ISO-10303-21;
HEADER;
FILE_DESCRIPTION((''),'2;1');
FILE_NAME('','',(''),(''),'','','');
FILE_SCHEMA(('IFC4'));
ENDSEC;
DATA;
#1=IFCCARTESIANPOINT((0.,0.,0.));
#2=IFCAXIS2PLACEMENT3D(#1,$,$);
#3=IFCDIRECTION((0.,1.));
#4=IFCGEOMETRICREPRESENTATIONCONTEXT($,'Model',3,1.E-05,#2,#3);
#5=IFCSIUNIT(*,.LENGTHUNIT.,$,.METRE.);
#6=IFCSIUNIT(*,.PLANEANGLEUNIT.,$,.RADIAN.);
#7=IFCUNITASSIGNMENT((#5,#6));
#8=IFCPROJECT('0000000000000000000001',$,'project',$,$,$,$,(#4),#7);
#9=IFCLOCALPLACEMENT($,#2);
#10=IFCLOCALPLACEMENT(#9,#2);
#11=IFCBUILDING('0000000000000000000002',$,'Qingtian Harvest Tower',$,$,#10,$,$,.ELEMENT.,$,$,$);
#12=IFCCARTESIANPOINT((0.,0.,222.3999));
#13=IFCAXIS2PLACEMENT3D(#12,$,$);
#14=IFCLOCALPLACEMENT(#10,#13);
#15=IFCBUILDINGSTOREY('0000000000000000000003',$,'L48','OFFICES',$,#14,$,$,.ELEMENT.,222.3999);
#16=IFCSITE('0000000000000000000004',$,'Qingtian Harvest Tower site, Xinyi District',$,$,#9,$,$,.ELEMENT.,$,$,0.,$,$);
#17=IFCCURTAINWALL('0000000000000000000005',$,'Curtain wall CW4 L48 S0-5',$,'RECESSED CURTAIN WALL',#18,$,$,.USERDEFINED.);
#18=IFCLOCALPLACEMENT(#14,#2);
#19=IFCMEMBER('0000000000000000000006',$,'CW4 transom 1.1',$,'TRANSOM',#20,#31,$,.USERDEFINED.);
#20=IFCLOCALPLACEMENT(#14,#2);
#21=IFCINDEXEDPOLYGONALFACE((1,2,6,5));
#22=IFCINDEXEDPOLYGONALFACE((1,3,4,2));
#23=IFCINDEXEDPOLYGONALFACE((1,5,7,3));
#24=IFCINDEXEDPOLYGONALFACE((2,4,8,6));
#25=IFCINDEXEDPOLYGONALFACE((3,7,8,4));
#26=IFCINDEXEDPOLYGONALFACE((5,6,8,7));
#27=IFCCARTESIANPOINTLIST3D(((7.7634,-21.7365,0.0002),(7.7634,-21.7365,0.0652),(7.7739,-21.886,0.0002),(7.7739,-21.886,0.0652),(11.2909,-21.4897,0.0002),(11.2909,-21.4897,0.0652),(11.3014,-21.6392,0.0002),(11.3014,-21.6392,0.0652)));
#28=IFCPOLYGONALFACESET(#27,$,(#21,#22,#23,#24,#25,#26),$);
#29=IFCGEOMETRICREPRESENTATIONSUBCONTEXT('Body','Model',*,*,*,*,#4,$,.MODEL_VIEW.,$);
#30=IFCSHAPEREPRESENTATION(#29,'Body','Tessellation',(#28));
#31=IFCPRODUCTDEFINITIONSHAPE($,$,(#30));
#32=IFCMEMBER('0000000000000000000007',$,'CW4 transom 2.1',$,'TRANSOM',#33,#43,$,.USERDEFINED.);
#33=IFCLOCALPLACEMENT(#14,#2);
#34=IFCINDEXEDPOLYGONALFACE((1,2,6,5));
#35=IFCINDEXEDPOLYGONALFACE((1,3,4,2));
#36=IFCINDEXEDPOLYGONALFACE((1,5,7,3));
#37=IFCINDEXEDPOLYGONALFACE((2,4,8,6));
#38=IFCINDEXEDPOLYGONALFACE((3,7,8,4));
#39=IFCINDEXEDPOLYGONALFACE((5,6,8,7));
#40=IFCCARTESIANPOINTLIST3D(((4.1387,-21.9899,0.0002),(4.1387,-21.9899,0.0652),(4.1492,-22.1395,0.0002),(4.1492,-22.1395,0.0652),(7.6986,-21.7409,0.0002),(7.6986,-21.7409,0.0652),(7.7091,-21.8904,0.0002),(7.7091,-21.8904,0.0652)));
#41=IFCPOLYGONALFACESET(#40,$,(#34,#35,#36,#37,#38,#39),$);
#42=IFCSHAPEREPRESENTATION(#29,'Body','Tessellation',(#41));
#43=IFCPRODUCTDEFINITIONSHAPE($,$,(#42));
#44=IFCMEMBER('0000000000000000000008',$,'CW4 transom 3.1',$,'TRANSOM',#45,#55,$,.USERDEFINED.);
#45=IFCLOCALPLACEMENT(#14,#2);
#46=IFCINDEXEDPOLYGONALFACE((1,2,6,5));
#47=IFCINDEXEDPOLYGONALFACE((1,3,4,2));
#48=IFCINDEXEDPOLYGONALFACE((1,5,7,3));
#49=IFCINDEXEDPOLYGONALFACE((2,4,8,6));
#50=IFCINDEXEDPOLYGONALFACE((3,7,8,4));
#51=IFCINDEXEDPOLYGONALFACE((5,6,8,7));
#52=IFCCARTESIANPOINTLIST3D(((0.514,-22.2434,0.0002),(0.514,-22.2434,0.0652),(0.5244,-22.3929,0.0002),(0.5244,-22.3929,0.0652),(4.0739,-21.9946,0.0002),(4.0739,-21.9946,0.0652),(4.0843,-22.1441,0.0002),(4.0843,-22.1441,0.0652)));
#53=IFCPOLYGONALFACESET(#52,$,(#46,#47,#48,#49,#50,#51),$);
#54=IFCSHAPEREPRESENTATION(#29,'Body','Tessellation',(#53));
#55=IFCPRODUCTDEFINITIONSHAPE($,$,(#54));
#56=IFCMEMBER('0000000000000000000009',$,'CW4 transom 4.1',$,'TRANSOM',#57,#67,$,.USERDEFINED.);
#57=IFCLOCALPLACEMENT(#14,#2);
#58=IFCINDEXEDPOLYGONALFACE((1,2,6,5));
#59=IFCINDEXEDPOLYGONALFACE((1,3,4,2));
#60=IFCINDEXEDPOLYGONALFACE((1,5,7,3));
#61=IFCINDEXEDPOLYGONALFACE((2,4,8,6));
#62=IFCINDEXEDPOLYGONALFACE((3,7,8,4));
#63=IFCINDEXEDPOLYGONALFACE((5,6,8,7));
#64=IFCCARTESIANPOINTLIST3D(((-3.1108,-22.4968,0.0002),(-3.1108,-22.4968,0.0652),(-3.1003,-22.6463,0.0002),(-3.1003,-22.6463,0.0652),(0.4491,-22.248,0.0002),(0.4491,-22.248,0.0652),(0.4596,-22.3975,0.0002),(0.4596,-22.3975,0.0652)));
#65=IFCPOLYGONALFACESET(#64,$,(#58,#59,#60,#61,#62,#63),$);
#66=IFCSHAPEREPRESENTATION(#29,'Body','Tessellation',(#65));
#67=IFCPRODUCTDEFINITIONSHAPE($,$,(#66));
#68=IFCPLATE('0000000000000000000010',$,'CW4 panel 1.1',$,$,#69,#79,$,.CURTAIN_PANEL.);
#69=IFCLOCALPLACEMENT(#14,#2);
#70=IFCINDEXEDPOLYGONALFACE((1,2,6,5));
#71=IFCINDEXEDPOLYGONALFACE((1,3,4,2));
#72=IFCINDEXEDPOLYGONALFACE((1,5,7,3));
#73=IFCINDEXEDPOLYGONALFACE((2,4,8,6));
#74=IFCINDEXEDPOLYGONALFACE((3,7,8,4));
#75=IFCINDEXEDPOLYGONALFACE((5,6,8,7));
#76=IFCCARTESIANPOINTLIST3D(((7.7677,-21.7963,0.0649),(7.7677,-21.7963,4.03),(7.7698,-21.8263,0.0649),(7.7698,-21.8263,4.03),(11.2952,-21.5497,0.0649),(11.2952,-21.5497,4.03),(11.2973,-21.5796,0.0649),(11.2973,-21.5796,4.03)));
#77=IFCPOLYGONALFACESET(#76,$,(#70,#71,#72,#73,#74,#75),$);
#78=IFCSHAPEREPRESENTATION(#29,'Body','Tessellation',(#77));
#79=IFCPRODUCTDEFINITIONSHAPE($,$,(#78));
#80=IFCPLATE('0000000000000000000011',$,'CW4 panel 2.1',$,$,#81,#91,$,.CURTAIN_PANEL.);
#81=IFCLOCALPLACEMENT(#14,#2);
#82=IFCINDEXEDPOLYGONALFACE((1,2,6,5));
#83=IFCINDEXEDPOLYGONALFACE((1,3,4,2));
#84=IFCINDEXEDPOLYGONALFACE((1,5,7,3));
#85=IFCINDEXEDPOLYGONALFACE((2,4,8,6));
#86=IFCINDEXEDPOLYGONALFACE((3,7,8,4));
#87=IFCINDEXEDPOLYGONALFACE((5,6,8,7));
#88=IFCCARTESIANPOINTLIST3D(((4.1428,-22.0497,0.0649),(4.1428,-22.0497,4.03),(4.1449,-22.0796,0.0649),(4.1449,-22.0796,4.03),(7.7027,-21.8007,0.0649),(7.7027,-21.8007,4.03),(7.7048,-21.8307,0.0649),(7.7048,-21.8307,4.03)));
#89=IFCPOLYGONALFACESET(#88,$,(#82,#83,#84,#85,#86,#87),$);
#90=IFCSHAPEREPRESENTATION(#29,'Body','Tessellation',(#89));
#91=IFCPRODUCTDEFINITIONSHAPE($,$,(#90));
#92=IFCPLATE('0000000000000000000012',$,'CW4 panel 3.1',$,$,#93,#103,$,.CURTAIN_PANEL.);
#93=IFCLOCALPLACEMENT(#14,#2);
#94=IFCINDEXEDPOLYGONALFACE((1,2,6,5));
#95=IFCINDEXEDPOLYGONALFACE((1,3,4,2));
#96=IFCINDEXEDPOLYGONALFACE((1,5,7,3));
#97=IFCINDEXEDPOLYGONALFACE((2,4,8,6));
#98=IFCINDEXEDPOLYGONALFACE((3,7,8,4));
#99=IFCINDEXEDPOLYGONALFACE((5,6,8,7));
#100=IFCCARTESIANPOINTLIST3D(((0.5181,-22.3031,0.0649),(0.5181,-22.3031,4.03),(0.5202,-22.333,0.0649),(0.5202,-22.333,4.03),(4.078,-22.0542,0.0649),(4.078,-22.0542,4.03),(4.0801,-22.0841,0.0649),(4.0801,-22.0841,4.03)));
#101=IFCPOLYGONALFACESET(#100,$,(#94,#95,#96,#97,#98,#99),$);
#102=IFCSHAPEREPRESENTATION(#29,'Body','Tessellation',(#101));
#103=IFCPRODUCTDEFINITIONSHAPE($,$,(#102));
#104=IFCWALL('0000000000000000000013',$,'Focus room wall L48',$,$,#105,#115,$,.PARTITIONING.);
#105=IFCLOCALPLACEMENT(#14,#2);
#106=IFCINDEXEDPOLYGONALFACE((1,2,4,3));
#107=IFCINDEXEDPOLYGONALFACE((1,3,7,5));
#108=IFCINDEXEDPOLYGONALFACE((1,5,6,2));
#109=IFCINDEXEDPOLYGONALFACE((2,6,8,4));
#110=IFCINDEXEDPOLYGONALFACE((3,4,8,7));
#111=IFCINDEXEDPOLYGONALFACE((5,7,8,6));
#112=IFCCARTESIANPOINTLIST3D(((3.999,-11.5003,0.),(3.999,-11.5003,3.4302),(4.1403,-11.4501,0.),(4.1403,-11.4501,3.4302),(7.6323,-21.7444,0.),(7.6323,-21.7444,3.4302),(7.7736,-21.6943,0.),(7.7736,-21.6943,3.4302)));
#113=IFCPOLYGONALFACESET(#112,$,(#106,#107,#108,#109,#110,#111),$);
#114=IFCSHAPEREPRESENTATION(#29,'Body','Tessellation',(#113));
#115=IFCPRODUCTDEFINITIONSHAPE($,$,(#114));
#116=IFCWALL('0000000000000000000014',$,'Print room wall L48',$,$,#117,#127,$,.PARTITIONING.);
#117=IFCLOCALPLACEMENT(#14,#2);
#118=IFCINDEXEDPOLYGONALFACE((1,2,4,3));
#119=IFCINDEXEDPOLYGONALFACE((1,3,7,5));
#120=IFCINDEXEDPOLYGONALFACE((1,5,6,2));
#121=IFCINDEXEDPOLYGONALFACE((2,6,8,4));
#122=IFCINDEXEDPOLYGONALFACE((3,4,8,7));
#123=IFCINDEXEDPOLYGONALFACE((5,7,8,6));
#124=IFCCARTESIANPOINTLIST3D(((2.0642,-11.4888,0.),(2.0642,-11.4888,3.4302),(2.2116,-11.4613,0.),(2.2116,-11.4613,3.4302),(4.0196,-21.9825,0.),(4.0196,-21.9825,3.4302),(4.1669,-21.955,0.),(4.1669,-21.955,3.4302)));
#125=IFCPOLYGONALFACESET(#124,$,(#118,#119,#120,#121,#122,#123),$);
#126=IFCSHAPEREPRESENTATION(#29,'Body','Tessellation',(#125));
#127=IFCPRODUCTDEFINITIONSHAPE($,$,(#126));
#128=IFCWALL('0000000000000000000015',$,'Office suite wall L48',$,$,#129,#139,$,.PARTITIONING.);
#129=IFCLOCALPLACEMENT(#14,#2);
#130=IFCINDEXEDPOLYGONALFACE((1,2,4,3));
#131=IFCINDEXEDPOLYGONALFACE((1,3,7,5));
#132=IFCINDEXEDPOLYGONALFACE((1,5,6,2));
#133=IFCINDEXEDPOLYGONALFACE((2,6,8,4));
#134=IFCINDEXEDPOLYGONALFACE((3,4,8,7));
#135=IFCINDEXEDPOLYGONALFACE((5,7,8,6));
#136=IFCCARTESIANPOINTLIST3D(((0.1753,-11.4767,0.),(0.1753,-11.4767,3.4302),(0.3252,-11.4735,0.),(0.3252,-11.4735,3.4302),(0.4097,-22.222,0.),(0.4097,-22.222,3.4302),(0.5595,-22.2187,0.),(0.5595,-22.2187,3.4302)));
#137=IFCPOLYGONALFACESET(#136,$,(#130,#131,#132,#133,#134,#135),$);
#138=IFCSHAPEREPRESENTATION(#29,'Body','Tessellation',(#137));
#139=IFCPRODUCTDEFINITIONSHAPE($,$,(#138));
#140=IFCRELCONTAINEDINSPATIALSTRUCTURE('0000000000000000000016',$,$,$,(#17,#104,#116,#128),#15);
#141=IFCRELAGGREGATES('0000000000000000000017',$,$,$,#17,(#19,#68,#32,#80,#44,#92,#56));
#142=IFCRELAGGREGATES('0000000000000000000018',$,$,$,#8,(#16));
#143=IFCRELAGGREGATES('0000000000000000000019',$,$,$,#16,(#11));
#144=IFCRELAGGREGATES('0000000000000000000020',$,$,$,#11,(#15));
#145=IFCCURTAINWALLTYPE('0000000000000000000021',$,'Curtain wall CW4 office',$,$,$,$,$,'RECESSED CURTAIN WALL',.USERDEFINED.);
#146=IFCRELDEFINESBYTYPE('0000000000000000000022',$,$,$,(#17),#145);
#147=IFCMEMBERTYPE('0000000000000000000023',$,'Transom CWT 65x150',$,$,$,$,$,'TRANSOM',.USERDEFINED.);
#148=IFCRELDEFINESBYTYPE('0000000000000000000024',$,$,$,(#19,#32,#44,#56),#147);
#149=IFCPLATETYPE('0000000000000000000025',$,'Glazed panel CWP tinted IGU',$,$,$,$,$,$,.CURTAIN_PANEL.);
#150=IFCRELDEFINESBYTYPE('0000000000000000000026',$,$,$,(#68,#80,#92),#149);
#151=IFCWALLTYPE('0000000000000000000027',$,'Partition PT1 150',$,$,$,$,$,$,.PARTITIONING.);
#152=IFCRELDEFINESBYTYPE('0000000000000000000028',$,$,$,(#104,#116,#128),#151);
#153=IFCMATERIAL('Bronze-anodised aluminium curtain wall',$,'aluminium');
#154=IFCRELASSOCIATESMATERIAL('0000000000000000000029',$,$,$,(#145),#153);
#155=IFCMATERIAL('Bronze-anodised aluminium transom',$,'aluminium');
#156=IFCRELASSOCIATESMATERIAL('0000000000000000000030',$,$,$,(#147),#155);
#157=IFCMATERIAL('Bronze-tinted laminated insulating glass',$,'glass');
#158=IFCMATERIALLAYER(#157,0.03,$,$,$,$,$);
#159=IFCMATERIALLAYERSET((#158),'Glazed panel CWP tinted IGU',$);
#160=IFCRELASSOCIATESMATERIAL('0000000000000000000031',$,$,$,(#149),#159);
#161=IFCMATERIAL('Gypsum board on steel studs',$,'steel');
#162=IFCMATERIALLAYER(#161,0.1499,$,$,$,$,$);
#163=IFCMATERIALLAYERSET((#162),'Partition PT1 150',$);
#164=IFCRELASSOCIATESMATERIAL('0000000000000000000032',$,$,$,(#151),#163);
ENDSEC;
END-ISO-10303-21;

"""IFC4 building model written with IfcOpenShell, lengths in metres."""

from ifc_helpers import new_model, si_unit, direction, frame, frame_2d, origin, origin_2d, place, context, subcontext, project, spatial, rectangle, extrude, material, layer, layer_set, material_profile, profile_set, type_object, element, aggregate, save


model = new_model("IFC4")

# Units and contexts
model_context = context("Model", 3, precision=1e-05, world=origin(), true_north=direction((0.0, 1.0)))
body_context = subcontext(model_context, "Body", "Model", "MODEL_VIEW")
ifc_project = project(units=[si_unit("LENGTHUNIT", "METRE"), si_unit("PLANEANGLEUNIT", "RADIAN")], contexts=[model_context])

# Site, building, storey
site_placement = place(None, origin())
site = spatial("IfcSite", under=ifc_project, at=site_placement, Name="Qingtian Harvest Tower site, Xinyi District", CompositionType="ELEMENT", RefElevation=0.0)
building_placement = place(site_placement, origin())
building = spatial("IfcBuilding", under=site, at=building_placement, Name="Qingtian Harvest Tower", CompositionType="ELEMENT")
storey_placement = place(building_placement, frame((0.0, 0.0, 222.3999)))
storey = spatial("IfcBuildingStorey", under=building, at=storey_placement, Name="L48", Description="OFFICES", CompositionType="ELEMENT", Elevation=222.3999)

# Curtain wall
ifc_material_1 = material(Name="Bronze-anodised aluminium curtain wall", Category="aluminium")
curtain_wall_type = type_object("IfcCurtainWallType", Name="Curtain wall CW4 office", ElementType="RECESSED CURTAIN WALL", PredefinedType="USERDEFINED", material=ifc_material_1)
curtain_wall_placement = place(storey_placement, origin())
curtain_wall = element("IfcCurtainWall", 1, at=curtain_wall_placement, inside=storey, type_object=curtain_wall_type, Name="Curtain wall CW4 L48 S0-5", ObjectType="RECESSED CURTAIN WALL", PredefinedType="USERDEFINED")

# Members
ifc_material_2 = material(Name="Bronze-anodised aluminium transom", Category="aluminium")
ifc_material_profile_1 = material_profile(ifc_material_2, rectangle(XDim=0.1499, YDim=0.0649, at=origin_2d()), Name="AL 65x150")
ifc_profile_set_1 = profile_set([ifc_material_profile_1], Name="Bronze-anodised aluminium transom")
member_type_1 = type_object("IfcMemberType", Name="Transom CWT 65x150", ElementType="TRANSOM", PredefinedType="USERDEFINED", material=ifc_profile_set_1)
member_1_placement = place(storey_placement, frame((11.2961, -21.5645, 0.0327), z_axis=(-0.997561, -0.0698, 0.0), x_axis=(0.0698, -0.997561, 0.0)))
member_1 = element("IfcMember", 2, at=member_1_placement, type_object=member_type_1, Name="CW4 transom 1.1", ObjectType="TRANSOM", PredefinedType="USERDEFINED", context=body_context, shape_type="SweptSolid", body=[
    extrude(rectangle(XDim=0.1499, YDim=0.0649, at=origin_2d()), origin(), (0.0, 0.0, 1.0), 3.5361),
])
member_2_placement = place(storey_placement, frame((7.7039, -21.8157, 0.0327), z_axis=(-0.997562, -0.069784, 0.0), x_axis=(0.069784, -0.997562, 0.0)))
member_2 = element("IfcMember", 3, at=member_2_placement, type_object=member_type_1, Name="CW4 transom 2.1", ObjectType="TRANSOM", PredefinedType="USERDEFINED", context=body_context, shape_type="SweptSolid", body=[
    extrude(rectangle(XDim=0.1499, YDim=0.0649, at=origin_2d()), origin(), (0.0, 0.0, 1.0), 3.5686),
])
member_3_placement = place(storey_placement, frame((4.0791, -22.0693, 0.0327), z_axis=(-0.997567, -0.069715, 0.0), x_axis=(0.069715, -0.997567, 0.0)))
member_3 = element("IfcMember", 4, at=member_3_placement, type_object=member_type_1, Name="CW4 transom 3.1", ObjectType="TRANSOM", PredefinedType="USERDEFINED", context=body_context, shape_type="SweptSolid", body=[
    extrude(rectangle(XDim=0.1499, YDim=0.0649, at=origin_2d()), origin(), (0.0, 0.0, 1.0), 3.5686),
])
member_4_placement = place(storey_placement, frame((0.4543, -22.3228, 0.0327), z_axis=(-0.997567, -0.069715, 0.0), x_axis=(0.069715, -0.997567, 0.0)))
member_4 = element("IfcMember", 5, at=member_4_placement, type_object=member_type_1, Name="CW4 transom 4.1", ObjectType="TRANSOM", PredefinedType="USERDEFINED", context=body_context, shape_type="SweptSolid", body=[
    extrude(rectangle(XDim=0.1499, YDim=0.0649, at=origin_2d()), origin(), (0.0, 0.0, 1.0), 3.5686),
])

# Plates
ifc_material_3 = material(Name="Bronze-tinted laminated insulating glass", Category="glass")
ifc_layer_1 = layer(ifc_material_3, 0.03)
ifc_layer_set_1 = layer_set([ifc_layer_1], Name="Glazed panel CWP tinted IGU")
plate_type = type_object("IfcPlateType", Name="Glazed panel CWP tinted IGU", PredefinedType="CURTAIN_PANEL", material=ifc_layer_set_1)
plate_1_placement = place(storey_placement, frame((9.5325, -21.688, 0.0649), z_axis=(0.0, 0.0, 1.0), x_axis=(-0.997564, -0.069756, 0.0)))
plate_1 = element("IfcPlate", 6, at=plate_1_placement, type_object=plate_type, Name="CW4 panel 1.1", PredefinedType="CURTAIN_PANEL", context=body_context, shape_type="SweptSolid", body=[
    extrude(rectangle(XDim=3.5361, YDim=0.03, at=origin_2d()), origin(), (0.0, 0.0, 1.0), 3.9651),
])
plate_2_placement = place(storey_placement, frame((5.9238, -21.9402, 0.0649), z_axis=(0.0, 0.0, 1.0), x_axis=(-0.997564, -0.069756, 0.0)))
plate_2 = element("IfcPlate", 7, at=plate_2_placement, type_object=plate_type, Name="CW4 panel 2.1", PredefinedType="CURTAIN_PANEL", context=body_context, shape_type="SweptSolid", body=[
    extrude(rectangle(XDim=3.5686, YDim=0.03, at=origin_2d()), origin(), (0.0, 0.0, 1.0), 3.9651),
])
plate_3_placement = place(storey_placement, frame((2.2991, -22.1936, 0.0649), z_axis=(0.0, 0.0, 1.0), x_axis=(-0.997564, -0.069756, 0.0)))
plate_3 = element("IfcPlate", 8, at=plate_3_placement, type_object=plate_type, Name="CW4 panel 3.1", PredefinedType="CURTAIN_PANEL", context=body_context, shape_type="SweptSolid", body=[
    extrude(rectangle(XDim=3.5686, YDim=0.03, at=origin_2d()), origin(), (0.0, 0.0, 1.0), 3.9651),
])
aggregate(curtain_wall, [member_1, plate_1, member_2, plate_2, member_3, plate_3, member_4])

# Walls
ifc_material_4 = material(Name="Gypsum board on steel studs", Category="steel")
ifc_layer_2 = layer(ifc_material_4, 0.1499)
ifc_layer_set_2 = layer_set([ifc_layer_2], Name="Partition PT1 150")
wall_type = type_object("IfcWallType", Name="Partition PT1 150", PredefinedType="PARTITIONING", material=ifc_layer_set_2)
wall_1_placement = place(storey_placement, frame((7.7029, -21.7192, 0.0), z_axis=(0.0, 0.0, 1.0), x_axis=(-0.33427, 0.942478, 0.0)))
element("IfcWall", 9, at=wall_1_placement, inside=storey, type_object=wall_type, Name="Focus room wall L48", PredefinedType="PARTITIONING", context=body_context, shape_type="SweptSolid", body=[
    extrude(rectangle(XDim=10.8694, YDim=0.1499, at=frame_2d((5.4346, 0.0))), origin(), (0.0, 0.0, 1.0), 3.4302),
])
wall_2_placement = place(storey_placement, frame((4.0933, -21.9688, 0.0), z_axis=(0.0, 0.0, 1.0), x_axis=(-0.183181, 0.983079, 0.0)))
element("IfcWall", 10, at=wall_2_placement, inside=storey, type_object=wall_type, Name="Print room wall L48", PredefinedType="PARTITIONING", context=body_context, shape_type="SweptSolid", body=[
    extrude(rectangle(XDim=10.6743, YDim=0.1499, at=frame_2d((5.3372, 0.0))), origin(), (0.0, 0.0, 1.0), 3.4302),
])
wall_3_placement = place(storey_placement, frame((0.4846, -22.2205, 0.0), z_axis=(0.0, 0.0, 1.0), x_axis=(-0.021807, 0.999762, 0.0)))
element("IfcWall", 11, at=wall_3_placement, inside=storey, type_object=wall_type, Name="Office suite wall L48", PredefinedType="PARTITIONING", context=body_context, shape_type="SweptSolid", body=[
    extrude(rectangle(XDim=10.7478, YDim=0.1499, at=frame_2d((5.374, 0.0))), origin(), (0.0, 0.0, 1.0), 3.4302),
])

save(model, "model.ifc")
